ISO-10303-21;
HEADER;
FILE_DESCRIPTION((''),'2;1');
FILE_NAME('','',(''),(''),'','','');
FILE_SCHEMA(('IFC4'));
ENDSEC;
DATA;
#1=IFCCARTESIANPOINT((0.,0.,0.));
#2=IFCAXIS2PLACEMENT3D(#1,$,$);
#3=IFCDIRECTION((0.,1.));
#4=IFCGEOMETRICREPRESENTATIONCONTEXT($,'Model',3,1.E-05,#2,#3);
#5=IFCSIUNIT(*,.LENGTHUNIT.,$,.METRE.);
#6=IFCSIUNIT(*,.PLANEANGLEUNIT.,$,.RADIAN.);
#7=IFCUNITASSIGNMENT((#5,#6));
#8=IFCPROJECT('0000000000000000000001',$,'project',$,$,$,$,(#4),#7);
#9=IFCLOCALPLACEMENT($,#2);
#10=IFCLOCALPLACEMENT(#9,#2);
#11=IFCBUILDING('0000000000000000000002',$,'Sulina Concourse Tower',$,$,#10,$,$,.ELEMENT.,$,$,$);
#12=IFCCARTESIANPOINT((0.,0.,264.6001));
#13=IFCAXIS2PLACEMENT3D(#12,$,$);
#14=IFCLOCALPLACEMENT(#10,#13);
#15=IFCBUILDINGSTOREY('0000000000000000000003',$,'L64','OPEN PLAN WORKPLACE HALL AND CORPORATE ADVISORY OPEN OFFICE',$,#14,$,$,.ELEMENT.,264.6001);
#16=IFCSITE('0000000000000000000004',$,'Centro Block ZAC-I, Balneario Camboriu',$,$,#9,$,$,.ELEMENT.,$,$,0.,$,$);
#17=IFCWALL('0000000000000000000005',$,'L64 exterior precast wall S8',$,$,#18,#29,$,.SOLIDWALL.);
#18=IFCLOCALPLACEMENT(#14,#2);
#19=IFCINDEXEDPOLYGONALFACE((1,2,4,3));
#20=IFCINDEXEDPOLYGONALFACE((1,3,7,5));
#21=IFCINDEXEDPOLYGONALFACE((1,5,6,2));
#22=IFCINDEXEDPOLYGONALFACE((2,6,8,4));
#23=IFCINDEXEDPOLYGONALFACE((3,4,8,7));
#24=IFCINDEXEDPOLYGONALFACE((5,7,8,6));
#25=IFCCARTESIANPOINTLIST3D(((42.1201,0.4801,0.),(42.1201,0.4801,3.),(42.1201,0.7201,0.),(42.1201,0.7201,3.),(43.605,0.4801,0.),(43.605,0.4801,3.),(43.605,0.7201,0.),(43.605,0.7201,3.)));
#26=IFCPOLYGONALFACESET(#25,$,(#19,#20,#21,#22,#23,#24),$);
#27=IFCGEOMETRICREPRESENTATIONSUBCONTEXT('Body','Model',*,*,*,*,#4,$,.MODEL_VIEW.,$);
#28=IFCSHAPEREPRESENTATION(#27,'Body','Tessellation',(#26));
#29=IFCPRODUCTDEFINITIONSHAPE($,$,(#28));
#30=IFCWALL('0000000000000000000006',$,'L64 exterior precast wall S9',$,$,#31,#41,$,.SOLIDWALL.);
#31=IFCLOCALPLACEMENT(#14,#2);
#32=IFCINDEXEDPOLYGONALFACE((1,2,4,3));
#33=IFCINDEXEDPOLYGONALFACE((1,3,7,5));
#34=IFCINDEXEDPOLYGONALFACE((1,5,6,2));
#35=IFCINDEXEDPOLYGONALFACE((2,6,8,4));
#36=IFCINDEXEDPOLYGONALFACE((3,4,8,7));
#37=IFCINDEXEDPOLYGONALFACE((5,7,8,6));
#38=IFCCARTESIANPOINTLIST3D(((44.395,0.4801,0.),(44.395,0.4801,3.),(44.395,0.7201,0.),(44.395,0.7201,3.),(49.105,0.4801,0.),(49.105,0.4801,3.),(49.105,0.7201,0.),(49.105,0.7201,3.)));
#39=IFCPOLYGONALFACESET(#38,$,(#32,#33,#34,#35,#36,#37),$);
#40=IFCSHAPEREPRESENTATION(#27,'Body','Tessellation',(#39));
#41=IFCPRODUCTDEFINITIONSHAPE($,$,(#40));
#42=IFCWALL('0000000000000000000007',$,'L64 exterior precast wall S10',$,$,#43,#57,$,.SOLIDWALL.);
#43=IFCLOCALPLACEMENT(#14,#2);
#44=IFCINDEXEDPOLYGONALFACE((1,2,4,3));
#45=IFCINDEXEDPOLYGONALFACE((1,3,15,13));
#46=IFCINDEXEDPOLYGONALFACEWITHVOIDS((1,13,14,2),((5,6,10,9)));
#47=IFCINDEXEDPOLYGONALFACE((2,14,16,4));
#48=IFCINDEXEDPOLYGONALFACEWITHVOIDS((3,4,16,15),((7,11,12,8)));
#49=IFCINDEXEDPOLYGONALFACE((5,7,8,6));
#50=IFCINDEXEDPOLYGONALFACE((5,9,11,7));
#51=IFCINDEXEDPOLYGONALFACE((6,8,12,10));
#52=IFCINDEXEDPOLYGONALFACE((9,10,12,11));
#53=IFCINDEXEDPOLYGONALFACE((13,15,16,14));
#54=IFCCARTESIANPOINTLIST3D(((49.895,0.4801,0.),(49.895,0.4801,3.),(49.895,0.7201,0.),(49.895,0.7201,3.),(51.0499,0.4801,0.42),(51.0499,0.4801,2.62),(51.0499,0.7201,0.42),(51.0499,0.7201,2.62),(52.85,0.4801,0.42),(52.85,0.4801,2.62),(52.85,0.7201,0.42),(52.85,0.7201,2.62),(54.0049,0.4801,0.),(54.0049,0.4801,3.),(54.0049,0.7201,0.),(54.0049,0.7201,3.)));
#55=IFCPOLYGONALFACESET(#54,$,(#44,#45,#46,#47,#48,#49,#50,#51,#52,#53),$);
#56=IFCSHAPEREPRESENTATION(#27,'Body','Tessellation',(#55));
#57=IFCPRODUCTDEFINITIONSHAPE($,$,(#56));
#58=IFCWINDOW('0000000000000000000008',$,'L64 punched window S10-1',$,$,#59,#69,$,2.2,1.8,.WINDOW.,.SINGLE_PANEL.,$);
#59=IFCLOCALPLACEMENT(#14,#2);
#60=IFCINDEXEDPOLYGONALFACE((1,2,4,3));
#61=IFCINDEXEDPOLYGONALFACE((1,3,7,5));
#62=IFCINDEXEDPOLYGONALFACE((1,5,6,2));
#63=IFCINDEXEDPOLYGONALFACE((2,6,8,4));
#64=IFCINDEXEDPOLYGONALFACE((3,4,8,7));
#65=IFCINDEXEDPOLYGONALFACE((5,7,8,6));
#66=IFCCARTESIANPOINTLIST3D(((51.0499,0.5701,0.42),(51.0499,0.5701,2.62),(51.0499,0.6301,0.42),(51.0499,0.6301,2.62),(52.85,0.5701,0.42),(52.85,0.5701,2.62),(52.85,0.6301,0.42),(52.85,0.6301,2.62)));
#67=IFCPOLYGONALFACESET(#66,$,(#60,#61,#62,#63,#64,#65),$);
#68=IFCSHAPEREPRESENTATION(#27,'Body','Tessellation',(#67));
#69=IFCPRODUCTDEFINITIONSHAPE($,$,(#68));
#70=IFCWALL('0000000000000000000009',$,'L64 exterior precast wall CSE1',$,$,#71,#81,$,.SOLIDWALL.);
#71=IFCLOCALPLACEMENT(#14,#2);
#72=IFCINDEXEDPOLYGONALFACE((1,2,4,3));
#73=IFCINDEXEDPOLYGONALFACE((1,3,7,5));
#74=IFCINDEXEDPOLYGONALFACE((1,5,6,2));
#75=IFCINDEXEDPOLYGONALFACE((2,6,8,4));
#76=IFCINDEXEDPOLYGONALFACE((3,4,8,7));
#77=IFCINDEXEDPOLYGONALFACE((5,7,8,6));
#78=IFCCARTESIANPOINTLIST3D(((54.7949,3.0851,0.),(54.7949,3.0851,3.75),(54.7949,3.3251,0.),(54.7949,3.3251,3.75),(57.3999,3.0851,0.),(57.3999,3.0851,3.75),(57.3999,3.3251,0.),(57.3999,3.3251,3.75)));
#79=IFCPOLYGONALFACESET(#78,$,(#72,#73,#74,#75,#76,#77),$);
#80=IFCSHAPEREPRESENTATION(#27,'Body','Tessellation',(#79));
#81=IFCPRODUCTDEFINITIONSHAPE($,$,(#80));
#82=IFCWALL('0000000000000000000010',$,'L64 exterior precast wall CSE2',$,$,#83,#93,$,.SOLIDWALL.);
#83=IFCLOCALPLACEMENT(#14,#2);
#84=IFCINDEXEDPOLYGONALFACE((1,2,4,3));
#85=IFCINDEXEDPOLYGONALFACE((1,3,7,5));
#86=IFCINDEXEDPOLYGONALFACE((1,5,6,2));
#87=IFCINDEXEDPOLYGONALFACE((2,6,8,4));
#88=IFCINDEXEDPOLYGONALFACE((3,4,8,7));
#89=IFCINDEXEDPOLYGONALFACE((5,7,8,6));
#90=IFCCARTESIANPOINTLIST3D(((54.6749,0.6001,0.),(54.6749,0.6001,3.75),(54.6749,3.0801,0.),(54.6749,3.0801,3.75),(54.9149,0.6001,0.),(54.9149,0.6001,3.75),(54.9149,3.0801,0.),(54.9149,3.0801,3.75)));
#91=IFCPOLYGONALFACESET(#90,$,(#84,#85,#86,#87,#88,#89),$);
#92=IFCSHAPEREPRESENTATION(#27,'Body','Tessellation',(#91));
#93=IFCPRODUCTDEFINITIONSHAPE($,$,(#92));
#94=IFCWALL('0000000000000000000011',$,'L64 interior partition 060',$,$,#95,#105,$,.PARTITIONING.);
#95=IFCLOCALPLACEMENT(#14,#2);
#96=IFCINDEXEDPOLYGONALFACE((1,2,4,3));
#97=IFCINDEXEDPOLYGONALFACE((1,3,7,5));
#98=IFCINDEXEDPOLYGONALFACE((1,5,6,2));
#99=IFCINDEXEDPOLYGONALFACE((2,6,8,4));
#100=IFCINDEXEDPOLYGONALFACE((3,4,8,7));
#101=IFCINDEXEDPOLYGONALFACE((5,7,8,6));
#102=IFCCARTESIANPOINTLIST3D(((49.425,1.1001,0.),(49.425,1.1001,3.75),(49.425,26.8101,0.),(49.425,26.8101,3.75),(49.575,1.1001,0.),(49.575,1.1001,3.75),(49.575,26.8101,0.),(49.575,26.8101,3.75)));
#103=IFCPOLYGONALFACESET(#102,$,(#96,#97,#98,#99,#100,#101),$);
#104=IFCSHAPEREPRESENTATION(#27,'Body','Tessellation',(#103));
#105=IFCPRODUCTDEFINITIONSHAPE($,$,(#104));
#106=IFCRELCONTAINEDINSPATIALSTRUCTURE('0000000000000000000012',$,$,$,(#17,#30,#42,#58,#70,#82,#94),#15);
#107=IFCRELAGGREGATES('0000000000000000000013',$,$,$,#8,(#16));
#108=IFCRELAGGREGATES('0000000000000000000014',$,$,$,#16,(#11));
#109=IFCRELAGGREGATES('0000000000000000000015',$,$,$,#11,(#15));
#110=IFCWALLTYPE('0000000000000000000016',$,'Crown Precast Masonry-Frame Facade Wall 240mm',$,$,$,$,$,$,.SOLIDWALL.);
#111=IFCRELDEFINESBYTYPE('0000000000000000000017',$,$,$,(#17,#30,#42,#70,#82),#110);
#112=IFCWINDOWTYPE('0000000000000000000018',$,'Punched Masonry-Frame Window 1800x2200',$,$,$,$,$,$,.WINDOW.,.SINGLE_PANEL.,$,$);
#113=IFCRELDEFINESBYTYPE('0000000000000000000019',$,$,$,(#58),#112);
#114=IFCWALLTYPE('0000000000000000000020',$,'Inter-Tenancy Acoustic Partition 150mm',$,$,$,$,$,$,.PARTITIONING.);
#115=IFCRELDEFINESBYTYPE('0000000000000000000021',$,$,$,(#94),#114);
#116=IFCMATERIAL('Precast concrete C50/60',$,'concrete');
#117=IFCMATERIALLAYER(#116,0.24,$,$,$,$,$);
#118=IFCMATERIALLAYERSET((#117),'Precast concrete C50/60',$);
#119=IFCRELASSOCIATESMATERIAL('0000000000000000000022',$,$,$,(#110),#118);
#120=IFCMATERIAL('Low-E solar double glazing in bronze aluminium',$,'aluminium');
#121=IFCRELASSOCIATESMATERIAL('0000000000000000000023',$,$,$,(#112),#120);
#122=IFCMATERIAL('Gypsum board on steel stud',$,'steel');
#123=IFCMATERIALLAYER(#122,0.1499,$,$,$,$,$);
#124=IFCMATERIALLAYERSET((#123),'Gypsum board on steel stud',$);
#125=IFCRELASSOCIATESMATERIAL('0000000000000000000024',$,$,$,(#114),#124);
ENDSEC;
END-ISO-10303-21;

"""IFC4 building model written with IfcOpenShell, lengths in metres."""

from ifc_helpers import new_model, si_unit, direction, frame, frame_2d, origin, place, context, subcontext, project, spatial, rectangle, extrude, material, layer, layer_set, type_object, element, fill, save


model = new_model("IFC4")

# Units and contexts
model_context = context("Model", 3, precision=1e-05, world=origin(), true_north=direction((0.0, 1.0)))
body_context = subcontext(model_context, "Body", "Model", "MODEL_VIEW")
ifc_project = project(units=[si_unit("LENGTHUNIT", "METRE"), si_unit("PLANEANGLEUNIT", "RADIAN")], contexts=[model_context])

# Site, building, storey
site_placement = place(None, origin())
site = spatial("IfcSite", under=ifc_project, at=site_placement, Name="Centro Block ZAC-I, Balneario Camboriu", CompositionType="ELEMENT", RefElevation=0.0)
building_placement = place(site_placement, origin())
building = spatial("IfcBuilding", under=site, at=building_placement, Name="Sulina Concourse Tower", CompositionType="ELEMENT")
storey_placement = place(building_placement, frame((0.0, 0.0, 264.6001)))
storey = spatial("IfcBuildingStorey", under=building, at=storey_placement, Name="L64", Description="OPEN PLAN WORKPLACE HALL AND CORPORATE ADVISORY OPEN OFFICE", CompositionType="ELEMENT", Elevation=264.6001)

# Walls
ifc_material_1 = material(Name="Precast concrete C50/60", Category="concrete")
ifc_layer_1 = layer(ifc_material_1, 0.24)
ifc_layer_set_1 = layer_set([ifc_layer_1], Name="Precast concrete C50/60")
wall_type_1 = type_object("IfcWallType", Name="Crown Precast Masonry-Frame Facade Wall 240mm", PredefinedType="SOLIDWALL", material=ifc_layer_set_1)
wall_1_placement = place(storey_placement, frame((43.605, 0.6001, 0.0), z_axis=(0.0, 0.0, 1.0), x_axis=(-1.0, 0.0, 0.0)))
element("IfcWall", 1, at=wall_1_placement, inside=storey, type_object=wall_type_1, Name="L64 exterior precast wall S8", PredefinedType="SOLIDWALL", context=body_context, shape_type="SweptSolid", body=[
    extrude(rectangle(XDim=1.4849, YDim=0.24, at=frame_2d((0.7424, 0.0))), origin(), (0.0, 0.0, 1.0), 3.0),
])
wall_2_placement = place(storey_placement, frame((49.105, 0.6001, 0.0), z_axis=(0.0, 0.0, 1.0), x_axis=(-1.0, 0.0, 0.0)))
element("IfcWall", 2, at=wall_2_placement, inside=storey, type_object=wall_type_1, Name="L64 exterior precast wall S9", PredefinedType="SOLIDWALL", context=body_context, shape_type="SweptSolid", body=[
    extrude(rectangle(XDim=4.71, YDim=0.24, at=frame_2d((2.355, 0.0))), origin(), (0.0, 0.0, 1.0), 3.0),
])

# Wall, opening, window
wall_3_placement = place(storey_placement, frame((54.0049, 0.6001, 0.0), z_axis=(0.0, 0.0, 1.0), x_axis=(-1.0, 0.0, 0.0)))
wall_3 = element("IfcWall", 3, at=wall_3_placement, inside=storey, type_object=wall_type_1, Name="L64 exterior precast wall S10", PredefinedType="SOLIDWALL", context=body_context, shape_type="SweptSolid", body=[
    extrude(rectangle(XDim=4.1099, YDim=0.24, at=frame_2d((2.0549, 0.0))), origin(), (0.0, 0.0, 1.0), 3.0),
])
opening_placement = place(wall_3_placement, frame((1.155, 0.0, 0.4199)))
opening = element("IfcOpeningElement", 4, at=opening_placement, cuts=wall_3, PredefinedType="OPENING", context=body_context, shape_type="SweptSolid", body=[
    extrude(rectangle(XDim=1.8, YDim=2.2, at=frame_2d((0.8999, 1.1001))), frame((0.0, 0.1299, 0.0), z_axis=(0.0, -1.0, 0.0), x_axis=(1.0, 0.0, 0.0)), (0.0, 0.0, 1.0), 0.26),
])
ifc_material_2 = material(Name="Low-E solar double glazing in bronze aluminium", Category="aluminium")
window_type = type_object("IfcWindowType", Name="Punched Masonry-Frame Window 1800x2200", PartitioningType="SINGLE_PANEL", PredefinedType="WINDOW", material=ifc_material_2)
window_placement = place(opening_placement, origin())
window = element("IfcWindow", 5, at=window_placement, inside=storey, type_object=window_type, Name="L64 punched window S10-1", OverallHeight=2.2, OverallWidth=1.8, PartitioningType="SINGLE_PANEL", PredefinedType="WINDOW", context=body_context, shape_type="SweptSolid", body=[
    extrude(rectangle(XDim=1.8, YDim=2.2, at=frame_2d((0.8999, 1.1001))), frame((0.0, 0.03, 0.0), z_axis=(0.0, -1.0, 0.0), x_axis=(1.0, 0.0, 0.0)), (0.0, 0.0, 1.0), 0.0601),
])
fill(opening, window)

# Walls
wall_4_placement = place(storey_placement, frame((57.3999, 3.2051, 0.0), z_axis=(0.0, 0.0, 1.0), x_axis=(-1.0, 0.0, 0.0)))
element("IfcWall", 6, at=wall_4_placement, inside=storey, type_object=wall_type_1, Name="L64 exterior precast wall CSE1", PredefinedType="SOLIDWALL", context=body_context, shape_type="SweptSolid", body=[
    extrude(rectangle(XDim=2.605, YDim=0.24, at=frame_2d((1.3025, 0.0))), origin(), (0.0, 0.0, 1.0), 3.75),
])
wall_5_placement = place(storey_placement, frame((54.7949, 3.0801, 0.0), z_axis=(0.0, 0.0, 1.0), x_axis=(0.0, -1.0, 0.0)))
element("IfcWall", 7, at=wall_5_placement, inside=storey, type_object=wall_type_1, Name="L64 exterior precast wall CSE2", PredefinedType="SOLIDWALL", context=body_context, shape_type="SweptSolid", body=[
    extrude(rectangle(XDim=2.48, YDim=0.24, at=frame_2d((1.24, 0.0))), origin(), (0.0, 0.0, 1.0), 3.75),
])
ifc_material_3 = material(Name="Gypsum board on steel stud", Category="steel")
ifc_layer_2 = layer(ifc_material_3, 0.1499)
ifc_layer_set_2 = layer_set([ifc_layer_2], Name="Gypsum board on steel stud")
wall_type_2 = type_object("IfcWallType", Name="Inter-Tenancy Acoustic Partition 150mm", PredefinedType="PARTITIONING", material=ifc_layer_set_2)
wall_6_placement = place(storey_placement, frame((49.5, 1.1001, 0.0), z_axis=(0.0, 0.0, 1.0), x_axis=(0.0, 1.0, 0.0)))
element("IfcWall", 8, at=wall_6_placement, inside=storey, type_object=wall_type_2, Name="L64 interior partition 060", PredefinedType="PARTITIONING", context=body_context, shape_type="SweptSolid", body=[
    extrude(rectangle(XDim=25.71, YDim=0.1499, at=frame_2d((12.855, 0.0))), origin(), (0.0, 0.0, 1.0), 3.75),
])

save(model, "model.ifc")
